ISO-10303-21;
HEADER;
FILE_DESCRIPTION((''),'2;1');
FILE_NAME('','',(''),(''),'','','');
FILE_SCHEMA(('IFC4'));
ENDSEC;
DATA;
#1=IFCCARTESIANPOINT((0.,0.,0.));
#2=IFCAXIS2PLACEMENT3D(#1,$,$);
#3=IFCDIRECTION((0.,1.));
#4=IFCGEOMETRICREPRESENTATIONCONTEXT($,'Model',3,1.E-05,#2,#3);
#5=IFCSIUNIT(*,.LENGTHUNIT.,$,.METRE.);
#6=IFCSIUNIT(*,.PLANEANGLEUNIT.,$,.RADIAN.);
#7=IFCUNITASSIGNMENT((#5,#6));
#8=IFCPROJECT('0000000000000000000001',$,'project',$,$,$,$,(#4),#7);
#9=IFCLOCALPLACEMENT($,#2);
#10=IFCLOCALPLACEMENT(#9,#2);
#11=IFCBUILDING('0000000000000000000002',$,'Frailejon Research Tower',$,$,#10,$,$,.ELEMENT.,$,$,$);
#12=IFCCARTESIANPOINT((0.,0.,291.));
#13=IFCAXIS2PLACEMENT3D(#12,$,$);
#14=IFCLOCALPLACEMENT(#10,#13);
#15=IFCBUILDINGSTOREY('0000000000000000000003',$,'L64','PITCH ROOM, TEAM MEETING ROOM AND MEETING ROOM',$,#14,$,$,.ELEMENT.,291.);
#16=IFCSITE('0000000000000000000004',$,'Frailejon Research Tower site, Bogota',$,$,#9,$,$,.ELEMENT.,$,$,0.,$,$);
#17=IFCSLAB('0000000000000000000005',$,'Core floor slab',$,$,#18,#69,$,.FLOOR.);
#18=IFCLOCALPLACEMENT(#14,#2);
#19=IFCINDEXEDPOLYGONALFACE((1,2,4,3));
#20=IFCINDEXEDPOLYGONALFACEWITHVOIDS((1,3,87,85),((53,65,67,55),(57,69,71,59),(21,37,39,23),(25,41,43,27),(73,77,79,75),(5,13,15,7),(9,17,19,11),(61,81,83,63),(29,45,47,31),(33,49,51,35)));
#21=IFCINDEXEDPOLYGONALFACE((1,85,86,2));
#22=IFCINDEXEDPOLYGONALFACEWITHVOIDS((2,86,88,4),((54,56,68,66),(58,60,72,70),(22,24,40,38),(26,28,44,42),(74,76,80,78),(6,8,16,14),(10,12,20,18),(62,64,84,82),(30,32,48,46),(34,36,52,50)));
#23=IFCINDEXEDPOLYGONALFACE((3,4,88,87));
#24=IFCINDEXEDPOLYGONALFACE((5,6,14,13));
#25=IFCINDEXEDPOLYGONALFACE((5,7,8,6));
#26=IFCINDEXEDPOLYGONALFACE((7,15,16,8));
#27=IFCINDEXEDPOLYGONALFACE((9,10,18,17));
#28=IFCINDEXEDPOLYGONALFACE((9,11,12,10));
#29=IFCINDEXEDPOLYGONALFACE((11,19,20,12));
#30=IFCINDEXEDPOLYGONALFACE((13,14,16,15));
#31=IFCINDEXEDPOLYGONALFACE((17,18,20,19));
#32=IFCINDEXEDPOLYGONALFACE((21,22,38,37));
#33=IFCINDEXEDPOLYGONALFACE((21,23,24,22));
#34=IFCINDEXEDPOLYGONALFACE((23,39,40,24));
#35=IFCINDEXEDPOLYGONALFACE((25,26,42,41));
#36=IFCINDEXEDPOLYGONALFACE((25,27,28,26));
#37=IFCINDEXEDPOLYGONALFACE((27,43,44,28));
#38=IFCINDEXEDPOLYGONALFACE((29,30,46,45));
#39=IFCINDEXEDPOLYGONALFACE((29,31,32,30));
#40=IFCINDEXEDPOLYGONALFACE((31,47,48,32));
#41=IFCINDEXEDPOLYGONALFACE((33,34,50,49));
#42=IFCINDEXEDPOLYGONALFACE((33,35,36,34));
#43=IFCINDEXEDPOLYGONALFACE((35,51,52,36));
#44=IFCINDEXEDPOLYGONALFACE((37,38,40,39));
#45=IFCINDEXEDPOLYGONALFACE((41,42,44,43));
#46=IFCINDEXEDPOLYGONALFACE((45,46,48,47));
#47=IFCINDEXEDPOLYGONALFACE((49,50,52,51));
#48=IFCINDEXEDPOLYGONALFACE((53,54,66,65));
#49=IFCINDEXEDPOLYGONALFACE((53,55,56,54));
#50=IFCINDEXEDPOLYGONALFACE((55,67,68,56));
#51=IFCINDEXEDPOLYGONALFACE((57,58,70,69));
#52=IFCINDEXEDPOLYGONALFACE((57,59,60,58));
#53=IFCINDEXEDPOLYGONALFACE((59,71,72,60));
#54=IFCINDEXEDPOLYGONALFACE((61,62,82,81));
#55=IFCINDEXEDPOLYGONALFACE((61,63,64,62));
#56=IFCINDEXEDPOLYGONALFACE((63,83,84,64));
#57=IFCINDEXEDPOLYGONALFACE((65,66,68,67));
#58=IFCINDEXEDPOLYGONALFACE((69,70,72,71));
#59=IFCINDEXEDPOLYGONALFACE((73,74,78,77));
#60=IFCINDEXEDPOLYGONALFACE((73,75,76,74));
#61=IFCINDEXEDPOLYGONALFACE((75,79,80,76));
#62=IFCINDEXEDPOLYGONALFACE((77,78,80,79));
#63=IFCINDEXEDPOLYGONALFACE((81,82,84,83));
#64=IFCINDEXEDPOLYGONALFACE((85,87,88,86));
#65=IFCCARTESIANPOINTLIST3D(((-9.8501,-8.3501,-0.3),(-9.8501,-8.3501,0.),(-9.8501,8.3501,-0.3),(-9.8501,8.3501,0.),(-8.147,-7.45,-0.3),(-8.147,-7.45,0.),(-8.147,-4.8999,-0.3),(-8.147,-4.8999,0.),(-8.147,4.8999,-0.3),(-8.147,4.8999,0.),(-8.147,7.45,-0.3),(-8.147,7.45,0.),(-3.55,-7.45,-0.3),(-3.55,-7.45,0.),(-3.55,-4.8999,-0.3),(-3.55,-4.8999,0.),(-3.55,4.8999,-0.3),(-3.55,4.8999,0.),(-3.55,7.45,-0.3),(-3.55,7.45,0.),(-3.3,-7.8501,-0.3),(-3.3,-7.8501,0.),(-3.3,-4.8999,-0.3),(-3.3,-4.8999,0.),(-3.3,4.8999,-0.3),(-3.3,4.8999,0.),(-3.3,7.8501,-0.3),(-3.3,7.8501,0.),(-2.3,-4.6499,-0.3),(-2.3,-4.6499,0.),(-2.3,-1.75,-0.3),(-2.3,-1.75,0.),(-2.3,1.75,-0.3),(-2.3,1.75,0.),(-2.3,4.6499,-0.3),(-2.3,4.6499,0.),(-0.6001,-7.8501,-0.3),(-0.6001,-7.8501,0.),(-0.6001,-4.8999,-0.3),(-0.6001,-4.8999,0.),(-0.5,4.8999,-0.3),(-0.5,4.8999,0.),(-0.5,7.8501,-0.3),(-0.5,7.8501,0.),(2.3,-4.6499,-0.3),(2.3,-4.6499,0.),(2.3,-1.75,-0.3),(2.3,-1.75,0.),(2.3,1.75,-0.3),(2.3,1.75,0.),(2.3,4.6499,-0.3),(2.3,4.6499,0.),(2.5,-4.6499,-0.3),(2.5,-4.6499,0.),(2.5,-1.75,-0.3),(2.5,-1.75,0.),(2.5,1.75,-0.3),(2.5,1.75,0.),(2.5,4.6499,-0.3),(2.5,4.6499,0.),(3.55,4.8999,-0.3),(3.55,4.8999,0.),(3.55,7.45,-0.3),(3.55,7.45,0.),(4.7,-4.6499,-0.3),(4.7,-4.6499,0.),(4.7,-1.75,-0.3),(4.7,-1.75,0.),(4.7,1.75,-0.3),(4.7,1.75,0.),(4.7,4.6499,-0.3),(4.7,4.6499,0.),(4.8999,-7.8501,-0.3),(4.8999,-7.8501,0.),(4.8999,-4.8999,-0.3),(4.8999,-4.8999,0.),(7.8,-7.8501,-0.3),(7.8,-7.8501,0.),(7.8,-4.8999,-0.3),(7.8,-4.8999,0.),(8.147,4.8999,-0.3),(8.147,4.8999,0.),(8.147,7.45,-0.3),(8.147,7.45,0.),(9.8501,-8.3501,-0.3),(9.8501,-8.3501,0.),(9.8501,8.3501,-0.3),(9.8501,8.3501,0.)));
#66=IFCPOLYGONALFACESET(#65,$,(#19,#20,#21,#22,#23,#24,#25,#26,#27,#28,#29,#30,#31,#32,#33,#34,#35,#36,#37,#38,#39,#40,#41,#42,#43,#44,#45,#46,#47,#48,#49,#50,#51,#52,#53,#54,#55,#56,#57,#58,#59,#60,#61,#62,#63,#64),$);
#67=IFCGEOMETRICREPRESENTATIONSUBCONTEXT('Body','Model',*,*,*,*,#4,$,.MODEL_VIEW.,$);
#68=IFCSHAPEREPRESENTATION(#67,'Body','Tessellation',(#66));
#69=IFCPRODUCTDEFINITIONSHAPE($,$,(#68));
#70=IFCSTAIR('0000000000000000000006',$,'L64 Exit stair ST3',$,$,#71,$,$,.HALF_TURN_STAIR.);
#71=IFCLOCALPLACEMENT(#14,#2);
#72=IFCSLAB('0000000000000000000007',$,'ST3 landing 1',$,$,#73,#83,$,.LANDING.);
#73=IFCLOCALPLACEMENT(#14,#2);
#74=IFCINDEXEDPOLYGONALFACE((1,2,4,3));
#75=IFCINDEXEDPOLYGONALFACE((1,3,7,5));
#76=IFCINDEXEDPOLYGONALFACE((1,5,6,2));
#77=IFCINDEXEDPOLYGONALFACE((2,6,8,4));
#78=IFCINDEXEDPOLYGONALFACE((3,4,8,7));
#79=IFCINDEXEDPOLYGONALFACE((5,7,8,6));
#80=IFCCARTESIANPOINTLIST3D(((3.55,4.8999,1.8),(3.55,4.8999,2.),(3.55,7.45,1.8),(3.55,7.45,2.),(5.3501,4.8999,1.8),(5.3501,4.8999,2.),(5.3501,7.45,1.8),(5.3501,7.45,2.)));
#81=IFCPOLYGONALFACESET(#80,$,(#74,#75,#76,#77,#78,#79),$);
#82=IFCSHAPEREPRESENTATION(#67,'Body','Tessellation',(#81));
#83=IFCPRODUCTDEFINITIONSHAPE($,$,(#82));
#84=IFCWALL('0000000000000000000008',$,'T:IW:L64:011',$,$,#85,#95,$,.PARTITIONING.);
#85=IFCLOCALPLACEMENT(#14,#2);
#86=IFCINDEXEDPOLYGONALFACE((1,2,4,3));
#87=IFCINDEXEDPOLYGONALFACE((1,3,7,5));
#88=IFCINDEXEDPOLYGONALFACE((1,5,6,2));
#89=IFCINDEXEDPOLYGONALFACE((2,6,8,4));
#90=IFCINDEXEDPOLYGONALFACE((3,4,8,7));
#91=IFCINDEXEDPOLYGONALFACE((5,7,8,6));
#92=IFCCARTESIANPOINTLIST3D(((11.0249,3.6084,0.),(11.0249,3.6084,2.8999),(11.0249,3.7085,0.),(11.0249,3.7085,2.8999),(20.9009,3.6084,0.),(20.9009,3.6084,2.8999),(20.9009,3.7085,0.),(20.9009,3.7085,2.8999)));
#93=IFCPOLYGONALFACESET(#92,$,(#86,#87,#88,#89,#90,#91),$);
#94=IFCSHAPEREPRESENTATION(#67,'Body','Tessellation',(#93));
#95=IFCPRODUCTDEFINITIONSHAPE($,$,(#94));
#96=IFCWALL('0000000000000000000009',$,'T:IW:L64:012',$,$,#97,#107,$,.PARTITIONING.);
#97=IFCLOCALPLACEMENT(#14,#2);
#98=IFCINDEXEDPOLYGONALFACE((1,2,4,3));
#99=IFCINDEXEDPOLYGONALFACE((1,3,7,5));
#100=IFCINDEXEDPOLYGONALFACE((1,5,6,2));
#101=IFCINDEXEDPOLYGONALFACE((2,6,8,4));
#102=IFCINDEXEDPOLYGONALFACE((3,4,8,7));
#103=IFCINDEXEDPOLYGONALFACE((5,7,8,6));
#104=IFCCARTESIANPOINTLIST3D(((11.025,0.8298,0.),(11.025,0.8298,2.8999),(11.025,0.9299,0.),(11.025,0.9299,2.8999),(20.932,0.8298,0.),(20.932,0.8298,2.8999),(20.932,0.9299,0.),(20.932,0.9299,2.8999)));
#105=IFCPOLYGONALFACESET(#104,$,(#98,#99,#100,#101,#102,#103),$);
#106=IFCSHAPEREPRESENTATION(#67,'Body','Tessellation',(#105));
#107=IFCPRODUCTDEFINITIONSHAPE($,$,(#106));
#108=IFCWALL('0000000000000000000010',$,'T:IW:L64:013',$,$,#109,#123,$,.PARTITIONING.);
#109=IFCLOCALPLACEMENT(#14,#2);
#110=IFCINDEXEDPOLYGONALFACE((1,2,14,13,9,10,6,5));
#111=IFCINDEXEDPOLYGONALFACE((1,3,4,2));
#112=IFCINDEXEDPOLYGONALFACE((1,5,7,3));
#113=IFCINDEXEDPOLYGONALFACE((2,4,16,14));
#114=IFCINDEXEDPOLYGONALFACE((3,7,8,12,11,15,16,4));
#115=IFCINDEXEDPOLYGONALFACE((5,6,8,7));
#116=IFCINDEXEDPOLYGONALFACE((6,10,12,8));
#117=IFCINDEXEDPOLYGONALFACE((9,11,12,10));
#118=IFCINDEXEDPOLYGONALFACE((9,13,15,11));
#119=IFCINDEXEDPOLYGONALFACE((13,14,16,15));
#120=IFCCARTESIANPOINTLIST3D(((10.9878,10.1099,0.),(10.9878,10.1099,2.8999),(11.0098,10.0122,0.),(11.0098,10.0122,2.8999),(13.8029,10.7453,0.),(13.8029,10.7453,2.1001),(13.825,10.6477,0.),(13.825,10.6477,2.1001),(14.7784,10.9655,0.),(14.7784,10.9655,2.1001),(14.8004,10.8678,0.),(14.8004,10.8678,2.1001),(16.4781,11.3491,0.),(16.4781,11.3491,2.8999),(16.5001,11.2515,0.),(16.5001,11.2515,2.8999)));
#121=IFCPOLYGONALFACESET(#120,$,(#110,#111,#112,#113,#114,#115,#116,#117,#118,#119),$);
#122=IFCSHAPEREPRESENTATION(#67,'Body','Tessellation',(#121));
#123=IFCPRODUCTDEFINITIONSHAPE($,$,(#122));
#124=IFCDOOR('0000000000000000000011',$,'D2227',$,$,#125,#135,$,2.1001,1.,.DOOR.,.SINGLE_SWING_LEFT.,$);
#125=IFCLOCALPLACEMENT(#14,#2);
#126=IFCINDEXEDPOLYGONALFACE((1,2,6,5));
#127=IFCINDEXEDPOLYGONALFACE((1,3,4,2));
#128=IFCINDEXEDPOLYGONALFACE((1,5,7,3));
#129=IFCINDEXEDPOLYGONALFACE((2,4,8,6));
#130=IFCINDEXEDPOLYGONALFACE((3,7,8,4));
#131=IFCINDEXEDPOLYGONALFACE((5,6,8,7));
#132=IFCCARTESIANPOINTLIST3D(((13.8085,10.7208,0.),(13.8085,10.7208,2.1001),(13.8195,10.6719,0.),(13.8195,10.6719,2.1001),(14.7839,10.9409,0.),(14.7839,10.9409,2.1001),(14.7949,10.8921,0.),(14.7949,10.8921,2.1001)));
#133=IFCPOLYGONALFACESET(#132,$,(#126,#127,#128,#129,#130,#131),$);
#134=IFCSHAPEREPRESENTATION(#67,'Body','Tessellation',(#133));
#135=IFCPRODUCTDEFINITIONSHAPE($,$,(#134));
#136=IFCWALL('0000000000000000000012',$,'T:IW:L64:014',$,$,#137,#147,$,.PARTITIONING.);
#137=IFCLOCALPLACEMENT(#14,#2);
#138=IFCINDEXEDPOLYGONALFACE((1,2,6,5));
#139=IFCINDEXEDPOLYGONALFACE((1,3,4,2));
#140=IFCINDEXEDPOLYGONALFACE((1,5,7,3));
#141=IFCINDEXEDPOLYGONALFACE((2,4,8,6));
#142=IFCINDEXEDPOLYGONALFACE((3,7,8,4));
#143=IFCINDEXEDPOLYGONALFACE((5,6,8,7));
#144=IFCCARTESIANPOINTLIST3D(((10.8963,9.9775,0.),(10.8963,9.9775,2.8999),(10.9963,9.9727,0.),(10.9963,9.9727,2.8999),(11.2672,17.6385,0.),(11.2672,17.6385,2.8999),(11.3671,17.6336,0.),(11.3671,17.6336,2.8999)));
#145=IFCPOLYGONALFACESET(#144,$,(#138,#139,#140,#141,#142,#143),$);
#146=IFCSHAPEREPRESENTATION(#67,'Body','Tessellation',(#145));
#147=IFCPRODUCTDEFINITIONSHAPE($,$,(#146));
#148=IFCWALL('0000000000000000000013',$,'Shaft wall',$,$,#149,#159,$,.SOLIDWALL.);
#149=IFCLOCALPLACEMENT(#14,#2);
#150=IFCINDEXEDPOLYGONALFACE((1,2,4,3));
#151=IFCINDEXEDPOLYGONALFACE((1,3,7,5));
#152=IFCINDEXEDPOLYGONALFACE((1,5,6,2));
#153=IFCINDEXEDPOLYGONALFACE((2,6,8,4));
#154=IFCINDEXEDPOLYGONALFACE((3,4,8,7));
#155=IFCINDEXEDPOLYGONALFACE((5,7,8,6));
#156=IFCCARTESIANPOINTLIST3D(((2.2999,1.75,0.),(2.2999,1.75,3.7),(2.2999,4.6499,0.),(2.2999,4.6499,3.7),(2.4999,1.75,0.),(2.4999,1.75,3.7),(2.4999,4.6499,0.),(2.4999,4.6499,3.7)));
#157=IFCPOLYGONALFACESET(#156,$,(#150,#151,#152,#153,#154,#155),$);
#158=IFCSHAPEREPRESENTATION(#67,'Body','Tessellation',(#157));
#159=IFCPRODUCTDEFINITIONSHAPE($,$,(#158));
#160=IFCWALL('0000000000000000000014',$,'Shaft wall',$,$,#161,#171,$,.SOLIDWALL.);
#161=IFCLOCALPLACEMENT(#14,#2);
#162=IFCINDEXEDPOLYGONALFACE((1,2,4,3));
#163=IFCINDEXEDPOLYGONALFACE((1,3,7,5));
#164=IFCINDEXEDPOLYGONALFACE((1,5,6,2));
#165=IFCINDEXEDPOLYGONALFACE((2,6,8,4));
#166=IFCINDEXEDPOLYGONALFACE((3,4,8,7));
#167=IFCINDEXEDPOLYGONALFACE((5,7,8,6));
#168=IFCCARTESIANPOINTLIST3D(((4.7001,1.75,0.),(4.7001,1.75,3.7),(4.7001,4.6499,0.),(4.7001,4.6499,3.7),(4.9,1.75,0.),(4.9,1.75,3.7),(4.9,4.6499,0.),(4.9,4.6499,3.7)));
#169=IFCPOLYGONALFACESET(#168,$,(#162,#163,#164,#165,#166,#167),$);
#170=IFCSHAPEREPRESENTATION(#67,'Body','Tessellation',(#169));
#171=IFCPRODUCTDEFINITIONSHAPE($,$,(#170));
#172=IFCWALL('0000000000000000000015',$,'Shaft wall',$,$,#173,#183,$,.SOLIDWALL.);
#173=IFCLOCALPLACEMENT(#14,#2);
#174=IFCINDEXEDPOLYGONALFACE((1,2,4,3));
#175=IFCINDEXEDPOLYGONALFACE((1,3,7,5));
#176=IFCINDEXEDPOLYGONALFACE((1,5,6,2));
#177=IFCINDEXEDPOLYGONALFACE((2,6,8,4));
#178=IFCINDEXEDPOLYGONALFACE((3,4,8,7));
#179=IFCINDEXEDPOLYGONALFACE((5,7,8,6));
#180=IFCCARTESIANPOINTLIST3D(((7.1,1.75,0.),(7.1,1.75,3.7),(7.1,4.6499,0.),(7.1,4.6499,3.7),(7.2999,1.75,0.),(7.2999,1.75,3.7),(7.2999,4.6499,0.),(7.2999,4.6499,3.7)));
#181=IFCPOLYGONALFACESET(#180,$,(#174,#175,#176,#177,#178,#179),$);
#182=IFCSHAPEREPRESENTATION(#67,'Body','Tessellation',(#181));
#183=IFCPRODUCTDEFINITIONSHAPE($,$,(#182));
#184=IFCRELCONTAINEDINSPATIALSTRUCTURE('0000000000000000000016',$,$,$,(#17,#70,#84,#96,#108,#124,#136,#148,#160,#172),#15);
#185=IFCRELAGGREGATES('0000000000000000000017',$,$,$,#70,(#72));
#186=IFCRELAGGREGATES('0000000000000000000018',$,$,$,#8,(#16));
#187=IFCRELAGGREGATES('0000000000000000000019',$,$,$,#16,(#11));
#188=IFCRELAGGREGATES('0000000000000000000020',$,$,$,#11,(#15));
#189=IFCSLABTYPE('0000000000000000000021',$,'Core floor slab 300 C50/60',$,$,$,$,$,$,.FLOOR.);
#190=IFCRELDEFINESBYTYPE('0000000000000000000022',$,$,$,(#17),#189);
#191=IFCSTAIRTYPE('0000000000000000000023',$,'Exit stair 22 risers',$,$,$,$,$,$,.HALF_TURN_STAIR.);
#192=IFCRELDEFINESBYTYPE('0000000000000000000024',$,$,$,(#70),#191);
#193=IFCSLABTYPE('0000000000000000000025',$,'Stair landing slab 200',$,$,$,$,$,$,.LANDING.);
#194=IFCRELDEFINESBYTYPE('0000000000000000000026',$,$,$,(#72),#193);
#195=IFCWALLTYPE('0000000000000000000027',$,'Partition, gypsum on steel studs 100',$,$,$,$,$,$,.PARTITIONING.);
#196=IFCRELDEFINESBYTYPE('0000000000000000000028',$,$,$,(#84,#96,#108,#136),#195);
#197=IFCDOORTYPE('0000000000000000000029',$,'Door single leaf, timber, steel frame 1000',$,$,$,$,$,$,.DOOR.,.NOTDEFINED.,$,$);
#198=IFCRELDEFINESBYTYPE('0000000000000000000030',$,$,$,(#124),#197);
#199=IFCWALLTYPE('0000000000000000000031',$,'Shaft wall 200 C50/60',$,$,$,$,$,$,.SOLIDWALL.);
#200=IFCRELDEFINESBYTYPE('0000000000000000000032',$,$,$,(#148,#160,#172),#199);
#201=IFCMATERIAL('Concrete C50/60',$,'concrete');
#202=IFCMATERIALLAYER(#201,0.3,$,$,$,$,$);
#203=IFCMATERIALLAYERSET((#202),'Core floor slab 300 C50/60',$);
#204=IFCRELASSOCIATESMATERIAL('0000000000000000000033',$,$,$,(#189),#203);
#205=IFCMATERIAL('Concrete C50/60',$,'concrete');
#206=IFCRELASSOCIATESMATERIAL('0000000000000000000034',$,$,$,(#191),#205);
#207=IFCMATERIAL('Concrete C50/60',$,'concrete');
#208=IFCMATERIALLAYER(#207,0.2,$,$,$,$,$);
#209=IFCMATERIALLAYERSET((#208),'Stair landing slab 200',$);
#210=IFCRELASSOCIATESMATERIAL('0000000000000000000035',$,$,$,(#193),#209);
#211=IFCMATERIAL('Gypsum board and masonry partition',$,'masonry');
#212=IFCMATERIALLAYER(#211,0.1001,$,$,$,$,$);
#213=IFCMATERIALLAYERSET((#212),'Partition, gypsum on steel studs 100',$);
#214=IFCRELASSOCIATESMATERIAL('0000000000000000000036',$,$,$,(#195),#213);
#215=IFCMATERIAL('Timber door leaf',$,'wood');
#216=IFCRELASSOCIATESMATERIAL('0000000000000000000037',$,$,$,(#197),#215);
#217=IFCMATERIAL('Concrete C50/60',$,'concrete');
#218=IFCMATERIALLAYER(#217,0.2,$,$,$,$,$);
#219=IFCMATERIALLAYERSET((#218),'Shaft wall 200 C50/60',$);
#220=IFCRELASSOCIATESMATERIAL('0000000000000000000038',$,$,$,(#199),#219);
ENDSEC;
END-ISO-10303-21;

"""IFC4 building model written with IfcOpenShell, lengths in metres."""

from ifc_helpers import new_model, si_unit, direction, frame, frame_2d, origin, place, context, subcontext, project, spatial, polyline, rectangle, outline, extrude, material, layer, layer_set, type_object, element, fill, aggregate, save


model = new_model("IFC4")

# Units and contexts
model_context = context("Model", 3, precision=1e-05, world=origin(), true_north=direction((0.0, 1.0)))
body_context = subcontext(model_context, "Body", "Model", "MODEL_VIEW")
ifc_project = project(units=[si_unit("LENGTHUNIT", "METRE"), si_unit("PLANEANGLEUNIT", "RADIAN")], contexts=[model_context])

# Site, building, storey
site_placement = place(None, origin())
site = spatial("IfcSite", under=ifc_project, at=site_placement, Name="Frailejon Research Tower site, Bogota", CompositionType="ELEMENT", RefElevation=0.0)
building_placement = place(site_placement, origin())
building = spatial("IfcBuilding", under=site, at=building_placement, Name="Frailejon Research Tower", CompositionType="ELEMENT")
storey_placement = place(building_placement, frame((0.0, 0.0, 291.0)))
storey = spatial("IfcBuildingStorey", under=building, at=storey_placement, Name="L64", Description="PITCH ROOM, TEAM MEETING ROOM AND MEETING ROOM", CompositionType="ELEMENT", Elevation=291.0)

# Slab
ifc_material_1 = material(Name="Concrete C50/60", Category="concrete")
ifc_layer_1 = layer(ifc_material_1, 0.3)
ifc_layer_set_1 = layer_set([ifc_layer_1], Name="Core floor slab 300 C50/60")
slab_type_1 = type_object("IfcSlabType", Name="Core floor slab 300 C50/60", PredefinedType="FLOOR", material=ifc_layer_set_1)
slab_1_placement = place(storey_placement, frame((0.0, 0.0, -0.3)))
element("IfcSlab", 1, at=slab_1_placement, inside=storey, type_object=slab_type_1, Name="Core floor slab", PredefinedType="FLOOR", context=body_context, shape_type="SweptSolid", body=[
    extrude(outline(polyline([(9.8501, -8.3501), (9.8501, 8.3501), (-9.8501, 8.3501), (-9.8501, -8.3501), (9.8501, -8.3501)]), holes=[polyline([(2.3, 1.75), (2.3, 4.6499), (-2.3, 4.6499), (-2.3, 1.75), (2.3, 1.75)]), polyline([(4.7, 1.75), (4.7, 4.6499), (2.5, 4.6499), (2.5, 1.75), (4.7, 1.75)]), polyline([(2.3, -4.6499), (2.3, -1.75), (-2.3, -1.75), (-2.3, -4.6499), (2.3, -4.6499)]), polyline([(4.7, -4.6499), (4.7, -1.75), (2.5, -1.75), (2.5, -4.6499), (4.7, -4.6499)]), polyline([(-8.147, 4.8999), (-3.55, 4.8999), (-3.55, 7.45), (-8.147, 7.45), (-8.147, 4.8999)]), polyline([(-8.147, -7.45), (-3.55, -7.45), (-3.55, -4.8999), (-8.147, -4.8999), (-8.147, -7.45)]), polyline([(8.147, 7.45), (3.55, 7.45), (3.55, 4.8999), (8.147, 4.8999), (8.147, 7.45)]), polyline([(-0.6001, -7.8501), (-0.6001, -4.8999), (-3.3, -4.8999), (-3.3, -7.8501), (-0.6001, -7.8501)]), polyline([(7.8, -7.8501), (7.8, -4.8999), (4.8999, -4.8999), (4.8999, -7.8501), (7.8, -7.8501)]), polyline([(-0.5, 4.8999), (-0.5, 7.8501), (-3.3, 7.8501), (-3.3, 4.8999), (-0.5, 4.8999)])]), origin(), (0.0, 0.0, 1.0), 0.3),
])

# Stair, slab
ifc_material_2 = material(Name="Concrete C50/60", Category="concrete")
stair_type = type_object("IfcStairType", Name="Exit stair 22 risers", PredefinedType="HALF_TURN_STAIR", material=ifc_material_2)
stair_placement = place(storey_placement, origin())
stair = element("IfcStair", 2, at=stair_placement, inside=storey, type_object=stair_type, Name="L64 Exit stair ST3", PredefinedType="HALF_TURN_STAIR")
ifc_material_3 = material(Name="Concrete C50/60", Category="concrete")
ifc_layer_2 = layer(ifc_material_3, 0.2)
ifc_layer_set_2 = layer_set([ifc_layer_2], Name="Stair landing slab 200")
slab_type_2 = type_object("IfcSlabType", Name="Stair landing slab 200", PredefinedType="LANDING", material=ifc_layer_set_2)
slab_2_placement = place(storey_placement, frame((0.0, 0.0, 1.8)))
slab_2 = element("IfcSlab", 3, at=slab_2_placement, type_object=slab_type_2, Name="ST3 landing 1", PredefinedType="LANDING", context=body_context, shape_type="SweptSolid", body=[
    extrude(outline(polyline([(5.3501, 7.45), (3.55, 7.45), (3.55, 4.8999), (5.3501, 4.8999), (5.3501, 7.45)])), origin(), (0.0, 0.0, 1.0), 0.2),
])

# Walls
ifc_material_4 = material(Name="Gypsum board and masonry partition", Category="masonry")
ifc_layer_3 = layer(ifc_material_4, 0.1001)
ifc_layer_set_3 = layer_set([ifc_layer_3], Name="Partition, gypsum on steel studs 100")
wall_type_1 = type_object("IfcWallType", Name="Partition, gypsum on steel studs 100", PredefinedType="PARTITIONING", material=ifc_layer_set_3)
wall_1_placement = place(storey_placement, frame((11.0249, 3.6584, 0.0), z_axis=(0.0, 0.0, 1.0), x_axis=(1.0, 0.0, 0.0)))
element("IfcWall", 4, at=wall_1_placement, inside=storey, type_object=wall_type_1, Name="T:IW:L64:011", PredefinedType="PARTITIONING", context=body_context, shape_type="SweptSolid", body=[
    extrude(rectangle(XDim=9.876, YDim=0.1001, at=frame_2d((4.938, 0.0))), origin(), (0.0, 0.0, 1.0), 2.8999),
])
wall_2_placement = place(storey_placement, frame((11.0249, 0.8799, 0.0), z_axis=(0.0, 0.0, 1.0), x_axis=(1.0, 0.0, 0.0)))
element("IfcWall", 5, at=wall_2_placement, inside=storey, type_object=wall_type_1, Name="T:IW:L64:012", PredefinedType="PARTITIONING", context=body_context, shape_type="SweptSolid", body=[
    extrude(rectangle(XDim=9.907, YDim=0.1001, at=frame_2d((4.9536, 0.0))), origin(), (0.0, 0.0, 1.0), 2.8999),
])

# Wall, opening, door
wall_3_placement = place(storey_placement, frame((10.9988, 10.061, 0.0), z_axis=(0.0, 0.0, 1.0), x_axis=(0.975459, 0.220181, 0.0)))
wall_3 = element("IfcWall", 6, at=wall_3_placement, inside=storey, type_object=wall_type_1, Name="T:IW:L64:013", PredefinedType="PARTITIONING", context=body_context, shape_type="SweptSolid", body=[
    extrude(rectangle(XDim=5.6284, YDim=0.1001, at=frame_2d((2.8142, 0.0))), origin(), (0.0, 0.0, 1.0), 2.8999),
])
opening_1_placement = place(wall_3_placement, frame((2.886, 0.0, 0.0)))
opening_1 = element("IfcOpeningElement", 7, at=opening_1_placement, cuts=wall_3, PredefinedType="OPENING", context=body_context, shape_type="SweptSolid", body=[
    extrude(rectangle(XDim=1.0, YDim=2.1001, at=frame_2d((0.5, 1.05))), frame((0.0, 0.0601, 0.0), z_axis=(0.0, -1.0, 0.0), x_axis=(1.0, 0.0, 0.0)), (0.0, 0.0, 1.0), 0.1201),
])
ifc_material_5 = material(Name="Timber door leaf", Category="wood")
door_type_1 = type_object("IfcDoorType", Name="Door single leaf, timber, steel frame 1000", OperationType="NOTDEFINED", PredefinedType="DOOR", material=ifc_material_5)
door_1_placement = place(opening_1_placement, origin())
door_1 = element("IfcDoor", 8, at=door_1_placement, inside=storey, type_object=door_type_1, Name="D2227", OperationType="SINGLE_SWING_LEFT", OverallHeight=2.1001, OverallWidth=1.0, PredefinedType="DOOR", context=body_context, shape_type="SweptSolid", body=[
    extrude(rectangle(XDim=1.0, YDim=2.1001, at=frame_2d((0.5, 1.05))), frame((0.0, 0.0249, 0.0), z_axis=(0.0, -1.0, 0.0), x_axis=(1.0, 0.0, 0.0)), (0.0, 0.0, 1.0), 0.05),
])
fill(opening_1, door_1)

# Walls
wall_4_placement = place(storey_placement, frame((10.9463, 9.9751, 0.0), z_axis=(0.0, 0.0, 1.0), x_axis=(0.048352, 0.99883, 0.0)))
element("IfcWall", 9, at=wall_4_placement, inside=storey, type_object=wall_type_1, Name="T:IW:L64:014", PredefinedType="PARTITIONING", context=body_context, shape_type="SweptSolid", body=[
    extrude(rectangle(XDim=7.6699, YDim=0.1001, at=frame_2d((3.835, 0.0))), origin(), (0.0, 0.0, 1.0), 2.8999),
])
ifc_material_6 = material(Name="Concrete C50/60", Category="concrete")
ifc_layer_4 = layer(ifc_material_6, 0.2)
ifc_layer_set_4 = layer_set([ifc_layer_4], Name="Shaft wall 200 C50/60")
wall_type_2 = type_object("IfcWallType", Name="Shaft wall 200 C50/60", PredefinedType="SOLIDWALL", material=ifc_layer_set_4)
for number, where, z_axis, x_axis, name in (
    (10, (2.3999, 1.75, 0.0), (0.0, 0.0, 1.0), (0.0, 1.0, 0.0), "Shaft wall"),
    (11, (4.8, 1.75, 0.0), (0.0, 0.0, 1.0), (0.0, 1.0, 0.0), "Shaft wall"),
    (12, (7.2, 1.75, 0.0), (0.0, 0.0, 1.0), (0.0, 1.0, 0.0), "Shaft wall"),
):
    element("IfcWall", number, at=place(storey_placement, frame(where, z_axis=z_axis, x_axis=x_axis)), inside=storey, type_object=wall_type_2, Name=name, PredefinedType="SOLIDWALL", context=body_context, shape_type="SweptSolid", body=[
        extrude(rectangle(XDim=2.8999, YDim=0.2, at=frame_2d((1.45, 0.0))), origin(), (0.0, 0.0, 1.0), 3.7),
    ])

aggregate(stair, [slab_2])

save(model, "model.ifc")
